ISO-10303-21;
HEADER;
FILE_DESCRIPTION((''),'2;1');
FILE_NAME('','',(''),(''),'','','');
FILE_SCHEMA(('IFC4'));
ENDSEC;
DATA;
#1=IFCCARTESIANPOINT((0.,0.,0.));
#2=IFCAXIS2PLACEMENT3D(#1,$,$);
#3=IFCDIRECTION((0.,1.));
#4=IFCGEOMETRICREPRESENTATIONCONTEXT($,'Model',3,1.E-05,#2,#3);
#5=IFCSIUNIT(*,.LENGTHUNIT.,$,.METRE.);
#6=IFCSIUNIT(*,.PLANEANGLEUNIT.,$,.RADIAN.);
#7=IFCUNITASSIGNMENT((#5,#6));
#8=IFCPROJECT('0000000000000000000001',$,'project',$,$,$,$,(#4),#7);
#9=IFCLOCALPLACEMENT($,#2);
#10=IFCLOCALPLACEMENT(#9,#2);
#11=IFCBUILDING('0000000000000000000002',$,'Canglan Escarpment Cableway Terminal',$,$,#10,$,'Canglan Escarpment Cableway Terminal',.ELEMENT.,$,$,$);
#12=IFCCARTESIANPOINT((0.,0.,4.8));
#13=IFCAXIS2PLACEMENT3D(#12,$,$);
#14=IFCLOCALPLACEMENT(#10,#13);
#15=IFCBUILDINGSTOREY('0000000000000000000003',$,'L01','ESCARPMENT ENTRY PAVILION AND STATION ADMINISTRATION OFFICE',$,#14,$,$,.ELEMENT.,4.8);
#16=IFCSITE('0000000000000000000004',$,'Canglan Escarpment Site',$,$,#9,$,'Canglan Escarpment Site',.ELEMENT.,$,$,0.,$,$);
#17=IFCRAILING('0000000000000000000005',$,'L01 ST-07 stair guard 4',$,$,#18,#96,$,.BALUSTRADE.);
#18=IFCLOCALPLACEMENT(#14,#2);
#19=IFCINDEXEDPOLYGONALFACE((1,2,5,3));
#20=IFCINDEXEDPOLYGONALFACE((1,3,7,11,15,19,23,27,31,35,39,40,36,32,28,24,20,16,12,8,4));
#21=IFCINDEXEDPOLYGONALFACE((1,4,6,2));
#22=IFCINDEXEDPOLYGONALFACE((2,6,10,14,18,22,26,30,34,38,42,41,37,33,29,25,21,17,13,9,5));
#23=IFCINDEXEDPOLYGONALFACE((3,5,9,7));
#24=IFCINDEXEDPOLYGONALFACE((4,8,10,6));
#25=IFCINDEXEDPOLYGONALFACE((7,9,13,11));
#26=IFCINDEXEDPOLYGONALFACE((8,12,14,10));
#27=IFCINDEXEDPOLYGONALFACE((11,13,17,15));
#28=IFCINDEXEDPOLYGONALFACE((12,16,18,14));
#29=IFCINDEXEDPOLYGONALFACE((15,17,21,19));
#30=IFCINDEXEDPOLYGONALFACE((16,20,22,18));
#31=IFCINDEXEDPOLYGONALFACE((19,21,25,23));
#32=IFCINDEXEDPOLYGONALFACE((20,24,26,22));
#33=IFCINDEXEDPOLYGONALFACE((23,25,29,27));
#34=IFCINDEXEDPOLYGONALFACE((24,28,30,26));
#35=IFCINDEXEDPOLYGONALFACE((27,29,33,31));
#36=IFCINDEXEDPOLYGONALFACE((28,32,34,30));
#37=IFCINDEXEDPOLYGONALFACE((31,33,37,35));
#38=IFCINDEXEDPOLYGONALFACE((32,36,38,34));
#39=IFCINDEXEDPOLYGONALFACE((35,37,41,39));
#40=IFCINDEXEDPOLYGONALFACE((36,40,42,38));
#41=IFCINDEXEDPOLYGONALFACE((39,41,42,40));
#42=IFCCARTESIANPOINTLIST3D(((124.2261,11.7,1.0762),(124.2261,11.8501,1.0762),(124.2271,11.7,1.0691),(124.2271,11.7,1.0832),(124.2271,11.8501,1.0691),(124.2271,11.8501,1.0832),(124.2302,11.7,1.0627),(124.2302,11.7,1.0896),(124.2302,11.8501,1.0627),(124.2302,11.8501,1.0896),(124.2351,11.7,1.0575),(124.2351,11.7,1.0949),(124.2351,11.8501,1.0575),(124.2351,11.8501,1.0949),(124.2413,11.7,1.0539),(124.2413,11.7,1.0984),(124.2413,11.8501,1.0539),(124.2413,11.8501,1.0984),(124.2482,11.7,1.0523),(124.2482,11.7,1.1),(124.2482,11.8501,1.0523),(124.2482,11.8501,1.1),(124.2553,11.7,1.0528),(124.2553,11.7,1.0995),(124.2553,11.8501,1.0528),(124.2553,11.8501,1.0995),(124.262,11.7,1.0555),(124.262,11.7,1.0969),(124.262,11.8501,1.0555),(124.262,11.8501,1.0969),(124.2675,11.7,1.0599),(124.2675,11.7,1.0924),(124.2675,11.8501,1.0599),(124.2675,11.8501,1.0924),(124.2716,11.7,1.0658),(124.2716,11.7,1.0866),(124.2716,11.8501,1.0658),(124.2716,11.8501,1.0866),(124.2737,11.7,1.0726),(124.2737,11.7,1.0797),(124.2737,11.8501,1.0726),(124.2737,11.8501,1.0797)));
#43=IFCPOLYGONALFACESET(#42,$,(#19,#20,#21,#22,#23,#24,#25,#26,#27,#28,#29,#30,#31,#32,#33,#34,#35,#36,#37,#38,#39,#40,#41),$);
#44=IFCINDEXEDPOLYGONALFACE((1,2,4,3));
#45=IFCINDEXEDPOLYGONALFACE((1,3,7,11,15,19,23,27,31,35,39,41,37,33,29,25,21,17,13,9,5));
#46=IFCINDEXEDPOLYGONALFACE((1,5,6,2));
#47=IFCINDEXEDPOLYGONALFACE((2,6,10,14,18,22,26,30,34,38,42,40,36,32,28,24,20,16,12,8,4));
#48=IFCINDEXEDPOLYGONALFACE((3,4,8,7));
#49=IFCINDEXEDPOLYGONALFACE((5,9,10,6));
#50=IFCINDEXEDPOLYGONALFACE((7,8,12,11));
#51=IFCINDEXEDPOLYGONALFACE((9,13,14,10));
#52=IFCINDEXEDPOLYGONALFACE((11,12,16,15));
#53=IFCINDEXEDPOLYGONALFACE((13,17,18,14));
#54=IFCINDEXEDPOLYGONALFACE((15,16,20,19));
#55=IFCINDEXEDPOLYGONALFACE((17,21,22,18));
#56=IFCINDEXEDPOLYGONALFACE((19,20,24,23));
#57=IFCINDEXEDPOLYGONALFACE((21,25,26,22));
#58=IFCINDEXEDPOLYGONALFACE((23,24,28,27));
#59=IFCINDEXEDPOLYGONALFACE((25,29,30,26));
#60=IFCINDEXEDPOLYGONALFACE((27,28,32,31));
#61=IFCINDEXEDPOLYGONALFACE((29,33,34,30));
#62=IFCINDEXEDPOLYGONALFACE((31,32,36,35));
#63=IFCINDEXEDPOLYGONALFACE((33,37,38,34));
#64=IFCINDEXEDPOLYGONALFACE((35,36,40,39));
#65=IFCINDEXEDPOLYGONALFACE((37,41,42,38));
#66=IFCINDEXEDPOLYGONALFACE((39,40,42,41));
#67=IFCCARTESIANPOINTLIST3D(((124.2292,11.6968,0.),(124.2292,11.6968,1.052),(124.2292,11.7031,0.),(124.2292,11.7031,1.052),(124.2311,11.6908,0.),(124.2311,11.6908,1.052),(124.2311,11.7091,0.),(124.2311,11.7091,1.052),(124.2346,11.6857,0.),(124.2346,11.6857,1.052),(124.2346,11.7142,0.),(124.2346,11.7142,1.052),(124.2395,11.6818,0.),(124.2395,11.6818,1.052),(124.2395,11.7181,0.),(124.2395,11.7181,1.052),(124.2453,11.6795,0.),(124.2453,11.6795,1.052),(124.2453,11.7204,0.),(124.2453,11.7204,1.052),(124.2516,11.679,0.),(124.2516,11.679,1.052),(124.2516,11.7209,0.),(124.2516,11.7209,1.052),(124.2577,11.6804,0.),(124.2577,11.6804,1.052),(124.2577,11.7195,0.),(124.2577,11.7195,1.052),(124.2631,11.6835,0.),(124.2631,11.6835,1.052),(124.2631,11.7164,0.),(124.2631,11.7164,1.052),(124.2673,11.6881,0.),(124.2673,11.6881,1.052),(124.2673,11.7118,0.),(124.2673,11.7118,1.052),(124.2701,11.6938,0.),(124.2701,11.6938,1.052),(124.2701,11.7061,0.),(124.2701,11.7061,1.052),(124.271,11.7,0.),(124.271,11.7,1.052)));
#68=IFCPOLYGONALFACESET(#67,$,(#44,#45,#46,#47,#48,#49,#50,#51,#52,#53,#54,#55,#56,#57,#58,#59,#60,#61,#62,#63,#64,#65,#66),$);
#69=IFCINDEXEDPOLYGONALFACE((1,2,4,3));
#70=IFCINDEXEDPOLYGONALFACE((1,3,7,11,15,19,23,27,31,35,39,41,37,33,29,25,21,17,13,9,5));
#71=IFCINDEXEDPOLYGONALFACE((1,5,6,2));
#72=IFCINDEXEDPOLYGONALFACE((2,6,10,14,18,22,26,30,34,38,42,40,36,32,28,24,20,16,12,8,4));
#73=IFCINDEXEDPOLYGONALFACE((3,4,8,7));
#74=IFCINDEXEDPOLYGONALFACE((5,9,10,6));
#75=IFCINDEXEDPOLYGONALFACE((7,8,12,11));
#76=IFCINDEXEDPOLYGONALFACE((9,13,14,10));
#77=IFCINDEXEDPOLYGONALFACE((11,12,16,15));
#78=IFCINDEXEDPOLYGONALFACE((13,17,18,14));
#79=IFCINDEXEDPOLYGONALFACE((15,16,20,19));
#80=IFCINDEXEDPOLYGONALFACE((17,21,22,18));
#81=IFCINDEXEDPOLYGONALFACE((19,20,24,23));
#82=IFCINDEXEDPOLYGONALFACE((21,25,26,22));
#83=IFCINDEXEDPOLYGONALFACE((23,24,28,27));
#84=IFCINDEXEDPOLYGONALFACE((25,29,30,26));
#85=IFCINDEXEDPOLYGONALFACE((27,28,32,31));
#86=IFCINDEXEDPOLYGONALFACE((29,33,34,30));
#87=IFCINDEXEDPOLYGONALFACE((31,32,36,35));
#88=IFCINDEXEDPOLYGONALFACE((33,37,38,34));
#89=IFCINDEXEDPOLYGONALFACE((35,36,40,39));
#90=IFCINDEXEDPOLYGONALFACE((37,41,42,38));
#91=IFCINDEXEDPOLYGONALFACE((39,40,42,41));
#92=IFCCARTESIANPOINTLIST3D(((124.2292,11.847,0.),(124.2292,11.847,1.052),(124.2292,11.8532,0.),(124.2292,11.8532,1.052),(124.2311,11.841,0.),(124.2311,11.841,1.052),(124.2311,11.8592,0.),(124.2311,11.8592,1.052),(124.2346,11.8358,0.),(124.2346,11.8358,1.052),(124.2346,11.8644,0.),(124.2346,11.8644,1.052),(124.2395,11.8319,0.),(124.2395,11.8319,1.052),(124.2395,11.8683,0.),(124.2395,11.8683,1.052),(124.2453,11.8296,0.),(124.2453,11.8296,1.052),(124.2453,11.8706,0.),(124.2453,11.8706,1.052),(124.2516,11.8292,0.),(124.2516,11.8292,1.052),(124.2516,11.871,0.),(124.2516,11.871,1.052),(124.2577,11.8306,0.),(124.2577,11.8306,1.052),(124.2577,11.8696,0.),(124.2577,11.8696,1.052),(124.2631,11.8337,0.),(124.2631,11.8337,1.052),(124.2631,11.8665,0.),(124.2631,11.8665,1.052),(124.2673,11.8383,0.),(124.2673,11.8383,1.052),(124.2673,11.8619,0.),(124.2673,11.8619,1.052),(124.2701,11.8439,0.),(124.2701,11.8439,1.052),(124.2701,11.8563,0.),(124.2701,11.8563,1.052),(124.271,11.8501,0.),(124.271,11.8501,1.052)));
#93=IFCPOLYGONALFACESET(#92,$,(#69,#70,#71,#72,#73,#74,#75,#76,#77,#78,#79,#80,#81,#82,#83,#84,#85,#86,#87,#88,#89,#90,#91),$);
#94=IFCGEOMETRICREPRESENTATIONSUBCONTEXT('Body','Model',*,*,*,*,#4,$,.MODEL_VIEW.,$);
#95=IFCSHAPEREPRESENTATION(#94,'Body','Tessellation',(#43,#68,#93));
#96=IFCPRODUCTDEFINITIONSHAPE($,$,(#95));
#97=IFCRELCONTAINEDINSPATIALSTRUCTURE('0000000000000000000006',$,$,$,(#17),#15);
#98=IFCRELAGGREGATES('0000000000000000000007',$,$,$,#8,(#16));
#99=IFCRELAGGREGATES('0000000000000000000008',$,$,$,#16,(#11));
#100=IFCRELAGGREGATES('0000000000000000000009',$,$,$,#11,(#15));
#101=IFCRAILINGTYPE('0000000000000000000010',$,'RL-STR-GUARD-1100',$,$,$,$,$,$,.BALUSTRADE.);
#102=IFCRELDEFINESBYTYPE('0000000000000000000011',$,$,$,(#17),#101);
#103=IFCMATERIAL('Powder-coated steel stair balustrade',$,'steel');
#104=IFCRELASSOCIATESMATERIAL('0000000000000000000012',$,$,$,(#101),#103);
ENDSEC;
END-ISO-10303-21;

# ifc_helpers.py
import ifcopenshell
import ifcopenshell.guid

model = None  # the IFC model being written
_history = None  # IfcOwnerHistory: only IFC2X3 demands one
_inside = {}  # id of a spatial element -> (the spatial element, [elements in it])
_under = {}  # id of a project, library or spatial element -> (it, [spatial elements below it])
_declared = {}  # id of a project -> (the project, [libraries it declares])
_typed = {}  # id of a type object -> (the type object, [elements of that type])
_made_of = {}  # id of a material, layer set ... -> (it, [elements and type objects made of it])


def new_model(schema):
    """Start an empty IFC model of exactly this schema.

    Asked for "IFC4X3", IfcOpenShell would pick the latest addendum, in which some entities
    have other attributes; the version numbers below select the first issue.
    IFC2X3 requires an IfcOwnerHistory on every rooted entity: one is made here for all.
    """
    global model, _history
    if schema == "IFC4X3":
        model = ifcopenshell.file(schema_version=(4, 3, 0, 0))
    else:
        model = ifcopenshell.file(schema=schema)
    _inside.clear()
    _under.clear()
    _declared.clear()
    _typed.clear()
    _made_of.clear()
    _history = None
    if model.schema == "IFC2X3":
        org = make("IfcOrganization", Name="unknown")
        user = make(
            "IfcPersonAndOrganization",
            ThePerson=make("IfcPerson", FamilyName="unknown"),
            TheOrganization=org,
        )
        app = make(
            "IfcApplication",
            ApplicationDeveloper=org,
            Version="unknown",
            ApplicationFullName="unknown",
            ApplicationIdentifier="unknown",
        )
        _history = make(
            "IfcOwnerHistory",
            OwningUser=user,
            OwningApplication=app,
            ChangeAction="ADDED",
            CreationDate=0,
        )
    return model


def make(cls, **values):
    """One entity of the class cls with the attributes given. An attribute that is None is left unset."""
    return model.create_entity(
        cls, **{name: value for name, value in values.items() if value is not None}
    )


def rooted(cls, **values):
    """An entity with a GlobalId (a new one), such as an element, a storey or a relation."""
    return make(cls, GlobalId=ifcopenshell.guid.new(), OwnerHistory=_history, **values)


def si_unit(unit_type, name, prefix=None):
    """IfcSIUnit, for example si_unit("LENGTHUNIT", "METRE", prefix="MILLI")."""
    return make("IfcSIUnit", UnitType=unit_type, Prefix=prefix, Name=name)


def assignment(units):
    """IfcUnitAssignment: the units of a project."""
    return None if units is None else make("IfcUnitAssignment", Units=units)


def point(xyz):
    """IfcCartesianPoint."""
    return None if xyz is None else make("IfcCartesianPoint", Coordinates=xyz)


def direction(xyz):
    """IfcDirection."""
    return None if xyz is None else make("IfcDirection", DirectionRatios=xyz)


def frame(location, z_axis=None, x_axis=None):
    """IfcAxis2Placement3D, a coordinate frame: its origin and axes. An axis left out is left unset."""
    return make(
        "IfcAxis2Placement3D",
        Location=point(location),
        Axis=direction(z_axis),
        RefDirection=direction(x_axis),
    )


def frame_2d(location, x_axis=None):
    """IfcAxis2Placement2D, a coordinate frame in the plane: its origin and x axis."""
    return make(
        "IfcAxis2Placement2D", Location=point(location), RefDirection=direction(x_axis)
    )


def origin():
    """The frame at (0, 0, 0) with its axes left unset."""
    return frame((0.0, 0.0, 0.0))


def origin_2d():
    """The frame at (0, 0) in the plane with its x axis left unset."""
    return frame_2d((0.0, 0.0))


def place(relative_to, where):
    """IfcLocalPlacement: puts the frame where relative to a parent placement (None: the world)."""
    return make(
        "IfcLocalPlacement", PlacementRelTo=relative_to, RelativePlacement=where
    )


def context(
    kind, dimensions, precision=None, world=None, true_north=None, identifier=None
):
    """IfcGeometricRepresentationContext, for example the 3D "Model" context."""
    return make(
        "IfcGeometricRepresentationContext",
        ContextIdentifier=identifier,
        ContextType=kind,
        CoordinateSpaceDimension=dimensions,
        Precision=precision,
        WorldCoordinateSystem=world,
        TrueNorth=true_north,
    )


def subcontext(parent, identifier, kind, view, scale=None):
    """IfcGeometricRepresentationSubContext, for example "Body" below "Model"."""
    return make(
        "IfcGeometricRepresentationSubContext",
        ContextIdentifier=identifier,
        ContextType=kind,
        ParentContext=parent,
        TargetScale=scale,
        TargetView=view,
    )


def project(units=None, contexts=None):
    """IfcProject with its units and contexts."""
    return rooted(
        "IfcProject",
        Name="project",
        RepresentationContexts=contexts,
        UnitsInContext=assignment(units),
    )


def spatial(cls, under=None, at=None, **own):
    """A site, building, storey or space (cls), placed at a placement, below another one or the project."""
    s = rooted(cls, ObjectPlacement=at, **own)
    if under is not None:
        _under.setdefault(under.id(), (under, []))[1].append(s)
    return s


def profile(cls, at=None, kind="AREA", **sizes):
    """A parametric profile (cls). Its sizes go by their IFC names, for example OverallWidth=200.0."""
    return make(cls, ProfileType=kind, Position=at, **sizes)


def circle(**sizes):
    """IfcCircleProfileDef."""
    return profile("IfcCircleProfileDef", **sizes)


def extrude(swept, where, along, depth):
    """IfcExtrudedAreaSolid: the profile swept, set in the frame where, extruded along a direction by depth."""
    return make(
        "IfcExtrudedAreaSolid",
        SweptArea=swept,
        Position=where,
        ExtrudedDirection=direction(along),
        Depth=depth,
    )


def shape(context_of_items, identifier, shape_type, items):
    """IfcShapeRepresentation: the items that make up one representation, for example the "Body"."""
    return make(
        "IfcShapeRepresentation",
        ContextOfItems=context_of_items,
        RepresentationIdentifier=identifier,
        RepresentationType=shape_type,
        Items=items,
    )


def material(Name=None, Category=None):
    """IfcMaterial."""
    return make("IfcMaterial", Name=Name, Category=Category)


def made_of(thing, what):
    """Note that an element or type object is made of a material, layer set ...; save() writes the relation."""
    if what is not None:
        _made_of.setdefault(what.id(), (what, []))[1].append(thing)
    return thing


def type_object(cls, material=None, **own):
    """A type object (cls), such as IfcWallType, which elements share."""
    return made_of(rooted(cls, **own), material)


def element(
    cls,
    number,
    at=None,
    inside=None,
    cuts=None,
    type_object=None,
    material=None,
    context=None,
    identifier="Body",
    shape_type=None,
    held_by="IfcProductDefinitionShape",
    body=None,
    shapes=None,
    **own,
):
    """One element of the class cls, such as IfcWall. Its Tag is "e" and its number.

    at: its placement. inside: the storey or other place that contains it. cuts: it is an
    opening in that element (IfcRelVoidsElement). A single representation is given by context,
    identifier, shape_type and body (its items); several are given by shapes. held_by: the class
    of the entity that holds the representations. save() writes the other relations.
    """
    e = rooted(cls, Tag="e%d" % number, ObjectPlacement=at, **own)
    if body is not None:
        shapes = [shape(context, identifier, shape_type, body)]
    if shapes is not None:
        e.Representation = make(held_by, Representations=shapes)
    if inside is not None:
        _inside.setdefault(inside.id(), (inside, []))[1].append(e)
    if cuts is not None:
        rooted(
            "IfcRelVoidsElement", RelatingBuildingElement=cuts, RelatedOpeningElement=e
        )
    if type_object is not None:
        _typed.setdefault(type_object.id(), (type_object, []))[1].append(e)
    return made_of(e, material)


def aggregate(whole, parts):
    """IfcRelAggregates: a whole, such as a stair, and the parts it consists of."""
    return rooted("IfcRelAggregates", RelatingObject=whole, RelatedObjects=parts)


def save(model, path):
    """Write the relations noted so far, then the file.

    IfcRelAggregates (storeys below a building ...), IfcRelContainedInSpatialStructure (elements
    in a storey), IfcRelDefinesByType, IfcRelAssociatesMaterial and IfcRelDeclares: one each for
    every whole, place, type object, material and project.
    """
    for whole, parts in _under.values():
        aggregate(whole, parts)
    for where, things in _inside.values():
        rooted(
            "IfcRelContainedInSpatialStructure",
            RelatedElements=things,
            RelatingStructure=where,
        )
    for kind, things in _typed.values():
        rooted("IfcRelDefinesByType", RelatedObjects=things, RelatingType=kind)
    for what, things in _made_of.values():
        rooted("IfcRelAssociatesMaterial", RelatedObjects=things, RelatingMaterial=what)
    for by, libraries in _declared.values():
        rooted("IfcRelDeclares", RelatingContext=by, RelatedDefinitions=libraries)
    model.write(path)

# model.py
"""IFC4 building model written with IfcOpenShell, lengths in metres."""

from ifc_helpers import new_model, si_unit, direction, frame, origin, origin_2d, place, context, subcontext, project, spatial, circle, extrude, material, type_object, element, save


model = new_model("IFC4")

# Units and contexts
model_context = context("Model", 3, precision=1e-05, world=origin(), true_north=direction((0.0, 1.0)))
body_context = subcontext(model_context, "Body", "Model", "MODEL_VIEW")
ifc_project = project(units=[si_unit("LENGTHUNIT", "METRE"), si_unit("PLANEANGLEUNIT", "RADIAN")], contexts=[model_context])

# Site, building, storey
site_placement = place(None, origin())
site = spatial("IfcSite", under=ifc_project, at=site_placement, Name="Canglan Escarpment Site", LongName="Canglan Escarpment Site", CompositionType="ELEMENT", RefElevation=0.0)
building_placement = place(site_placement, origin())
building = spatial("IfcBuilding", under=site, at=building_placement, Name="Canglan Escarpment Cableway Terminal", LongName="Canglan Escarpment Cableway Terminal", CompositionType="ELEMENT")
storey_placement = place(building_placement, frame((0.0, 0.0, 4.8)))
storey = spatial("IfcBuildingStorey", under=building, at=storey_placement, Name="L01", Description="ESCARPMENT ENTRY PAVILION AND STATION ADMINISTRATION OFFICE", CompositionType="ELEMENT", Elevation=4.8)

# Railing
ifc_material_1 = material(Name="Powder-coated steel stair balustrade", Category="steel")
railing_type_1 = type_object("IfcRailingType", Name="RL-STR-GUARD-1100", PredefinedType="BALUSTRADE", material=ifc_material_1)
railing_1_placement = place(storey_placement, frame((124.25, 11.7, 0.0)))
element("IfcRailing", 1, at=railing_1_placement, inside=storey, type_object=railing_type_1, Name="L01 ST-07 stair guard 4", PredefinedType="BALUSTRADE", context=body_context, shape_type="SweptSolid", body=[
    extrude(circle(Radius=0.0239, at=origin_2d()), frame((0.0, 0.0, 1.0762), z_axis=(0.0, 1.0, 0.0), x_axis=(-1.0, 0.0, 0.0)), (0.0, 0.0, 1.0), 0.1501),
    extrude(circle(Radius=0.021, at=origin_2d()), origin(), (0.0, 0.0, 1.0), 1.052),
    extrude(circle(Radius=0.021, at=origin_2d()), frame((0.0, 0.1501, 0.0)), (0.0, 0.0, 1.0), 1.052),
])

save(model, "model.ifc")
